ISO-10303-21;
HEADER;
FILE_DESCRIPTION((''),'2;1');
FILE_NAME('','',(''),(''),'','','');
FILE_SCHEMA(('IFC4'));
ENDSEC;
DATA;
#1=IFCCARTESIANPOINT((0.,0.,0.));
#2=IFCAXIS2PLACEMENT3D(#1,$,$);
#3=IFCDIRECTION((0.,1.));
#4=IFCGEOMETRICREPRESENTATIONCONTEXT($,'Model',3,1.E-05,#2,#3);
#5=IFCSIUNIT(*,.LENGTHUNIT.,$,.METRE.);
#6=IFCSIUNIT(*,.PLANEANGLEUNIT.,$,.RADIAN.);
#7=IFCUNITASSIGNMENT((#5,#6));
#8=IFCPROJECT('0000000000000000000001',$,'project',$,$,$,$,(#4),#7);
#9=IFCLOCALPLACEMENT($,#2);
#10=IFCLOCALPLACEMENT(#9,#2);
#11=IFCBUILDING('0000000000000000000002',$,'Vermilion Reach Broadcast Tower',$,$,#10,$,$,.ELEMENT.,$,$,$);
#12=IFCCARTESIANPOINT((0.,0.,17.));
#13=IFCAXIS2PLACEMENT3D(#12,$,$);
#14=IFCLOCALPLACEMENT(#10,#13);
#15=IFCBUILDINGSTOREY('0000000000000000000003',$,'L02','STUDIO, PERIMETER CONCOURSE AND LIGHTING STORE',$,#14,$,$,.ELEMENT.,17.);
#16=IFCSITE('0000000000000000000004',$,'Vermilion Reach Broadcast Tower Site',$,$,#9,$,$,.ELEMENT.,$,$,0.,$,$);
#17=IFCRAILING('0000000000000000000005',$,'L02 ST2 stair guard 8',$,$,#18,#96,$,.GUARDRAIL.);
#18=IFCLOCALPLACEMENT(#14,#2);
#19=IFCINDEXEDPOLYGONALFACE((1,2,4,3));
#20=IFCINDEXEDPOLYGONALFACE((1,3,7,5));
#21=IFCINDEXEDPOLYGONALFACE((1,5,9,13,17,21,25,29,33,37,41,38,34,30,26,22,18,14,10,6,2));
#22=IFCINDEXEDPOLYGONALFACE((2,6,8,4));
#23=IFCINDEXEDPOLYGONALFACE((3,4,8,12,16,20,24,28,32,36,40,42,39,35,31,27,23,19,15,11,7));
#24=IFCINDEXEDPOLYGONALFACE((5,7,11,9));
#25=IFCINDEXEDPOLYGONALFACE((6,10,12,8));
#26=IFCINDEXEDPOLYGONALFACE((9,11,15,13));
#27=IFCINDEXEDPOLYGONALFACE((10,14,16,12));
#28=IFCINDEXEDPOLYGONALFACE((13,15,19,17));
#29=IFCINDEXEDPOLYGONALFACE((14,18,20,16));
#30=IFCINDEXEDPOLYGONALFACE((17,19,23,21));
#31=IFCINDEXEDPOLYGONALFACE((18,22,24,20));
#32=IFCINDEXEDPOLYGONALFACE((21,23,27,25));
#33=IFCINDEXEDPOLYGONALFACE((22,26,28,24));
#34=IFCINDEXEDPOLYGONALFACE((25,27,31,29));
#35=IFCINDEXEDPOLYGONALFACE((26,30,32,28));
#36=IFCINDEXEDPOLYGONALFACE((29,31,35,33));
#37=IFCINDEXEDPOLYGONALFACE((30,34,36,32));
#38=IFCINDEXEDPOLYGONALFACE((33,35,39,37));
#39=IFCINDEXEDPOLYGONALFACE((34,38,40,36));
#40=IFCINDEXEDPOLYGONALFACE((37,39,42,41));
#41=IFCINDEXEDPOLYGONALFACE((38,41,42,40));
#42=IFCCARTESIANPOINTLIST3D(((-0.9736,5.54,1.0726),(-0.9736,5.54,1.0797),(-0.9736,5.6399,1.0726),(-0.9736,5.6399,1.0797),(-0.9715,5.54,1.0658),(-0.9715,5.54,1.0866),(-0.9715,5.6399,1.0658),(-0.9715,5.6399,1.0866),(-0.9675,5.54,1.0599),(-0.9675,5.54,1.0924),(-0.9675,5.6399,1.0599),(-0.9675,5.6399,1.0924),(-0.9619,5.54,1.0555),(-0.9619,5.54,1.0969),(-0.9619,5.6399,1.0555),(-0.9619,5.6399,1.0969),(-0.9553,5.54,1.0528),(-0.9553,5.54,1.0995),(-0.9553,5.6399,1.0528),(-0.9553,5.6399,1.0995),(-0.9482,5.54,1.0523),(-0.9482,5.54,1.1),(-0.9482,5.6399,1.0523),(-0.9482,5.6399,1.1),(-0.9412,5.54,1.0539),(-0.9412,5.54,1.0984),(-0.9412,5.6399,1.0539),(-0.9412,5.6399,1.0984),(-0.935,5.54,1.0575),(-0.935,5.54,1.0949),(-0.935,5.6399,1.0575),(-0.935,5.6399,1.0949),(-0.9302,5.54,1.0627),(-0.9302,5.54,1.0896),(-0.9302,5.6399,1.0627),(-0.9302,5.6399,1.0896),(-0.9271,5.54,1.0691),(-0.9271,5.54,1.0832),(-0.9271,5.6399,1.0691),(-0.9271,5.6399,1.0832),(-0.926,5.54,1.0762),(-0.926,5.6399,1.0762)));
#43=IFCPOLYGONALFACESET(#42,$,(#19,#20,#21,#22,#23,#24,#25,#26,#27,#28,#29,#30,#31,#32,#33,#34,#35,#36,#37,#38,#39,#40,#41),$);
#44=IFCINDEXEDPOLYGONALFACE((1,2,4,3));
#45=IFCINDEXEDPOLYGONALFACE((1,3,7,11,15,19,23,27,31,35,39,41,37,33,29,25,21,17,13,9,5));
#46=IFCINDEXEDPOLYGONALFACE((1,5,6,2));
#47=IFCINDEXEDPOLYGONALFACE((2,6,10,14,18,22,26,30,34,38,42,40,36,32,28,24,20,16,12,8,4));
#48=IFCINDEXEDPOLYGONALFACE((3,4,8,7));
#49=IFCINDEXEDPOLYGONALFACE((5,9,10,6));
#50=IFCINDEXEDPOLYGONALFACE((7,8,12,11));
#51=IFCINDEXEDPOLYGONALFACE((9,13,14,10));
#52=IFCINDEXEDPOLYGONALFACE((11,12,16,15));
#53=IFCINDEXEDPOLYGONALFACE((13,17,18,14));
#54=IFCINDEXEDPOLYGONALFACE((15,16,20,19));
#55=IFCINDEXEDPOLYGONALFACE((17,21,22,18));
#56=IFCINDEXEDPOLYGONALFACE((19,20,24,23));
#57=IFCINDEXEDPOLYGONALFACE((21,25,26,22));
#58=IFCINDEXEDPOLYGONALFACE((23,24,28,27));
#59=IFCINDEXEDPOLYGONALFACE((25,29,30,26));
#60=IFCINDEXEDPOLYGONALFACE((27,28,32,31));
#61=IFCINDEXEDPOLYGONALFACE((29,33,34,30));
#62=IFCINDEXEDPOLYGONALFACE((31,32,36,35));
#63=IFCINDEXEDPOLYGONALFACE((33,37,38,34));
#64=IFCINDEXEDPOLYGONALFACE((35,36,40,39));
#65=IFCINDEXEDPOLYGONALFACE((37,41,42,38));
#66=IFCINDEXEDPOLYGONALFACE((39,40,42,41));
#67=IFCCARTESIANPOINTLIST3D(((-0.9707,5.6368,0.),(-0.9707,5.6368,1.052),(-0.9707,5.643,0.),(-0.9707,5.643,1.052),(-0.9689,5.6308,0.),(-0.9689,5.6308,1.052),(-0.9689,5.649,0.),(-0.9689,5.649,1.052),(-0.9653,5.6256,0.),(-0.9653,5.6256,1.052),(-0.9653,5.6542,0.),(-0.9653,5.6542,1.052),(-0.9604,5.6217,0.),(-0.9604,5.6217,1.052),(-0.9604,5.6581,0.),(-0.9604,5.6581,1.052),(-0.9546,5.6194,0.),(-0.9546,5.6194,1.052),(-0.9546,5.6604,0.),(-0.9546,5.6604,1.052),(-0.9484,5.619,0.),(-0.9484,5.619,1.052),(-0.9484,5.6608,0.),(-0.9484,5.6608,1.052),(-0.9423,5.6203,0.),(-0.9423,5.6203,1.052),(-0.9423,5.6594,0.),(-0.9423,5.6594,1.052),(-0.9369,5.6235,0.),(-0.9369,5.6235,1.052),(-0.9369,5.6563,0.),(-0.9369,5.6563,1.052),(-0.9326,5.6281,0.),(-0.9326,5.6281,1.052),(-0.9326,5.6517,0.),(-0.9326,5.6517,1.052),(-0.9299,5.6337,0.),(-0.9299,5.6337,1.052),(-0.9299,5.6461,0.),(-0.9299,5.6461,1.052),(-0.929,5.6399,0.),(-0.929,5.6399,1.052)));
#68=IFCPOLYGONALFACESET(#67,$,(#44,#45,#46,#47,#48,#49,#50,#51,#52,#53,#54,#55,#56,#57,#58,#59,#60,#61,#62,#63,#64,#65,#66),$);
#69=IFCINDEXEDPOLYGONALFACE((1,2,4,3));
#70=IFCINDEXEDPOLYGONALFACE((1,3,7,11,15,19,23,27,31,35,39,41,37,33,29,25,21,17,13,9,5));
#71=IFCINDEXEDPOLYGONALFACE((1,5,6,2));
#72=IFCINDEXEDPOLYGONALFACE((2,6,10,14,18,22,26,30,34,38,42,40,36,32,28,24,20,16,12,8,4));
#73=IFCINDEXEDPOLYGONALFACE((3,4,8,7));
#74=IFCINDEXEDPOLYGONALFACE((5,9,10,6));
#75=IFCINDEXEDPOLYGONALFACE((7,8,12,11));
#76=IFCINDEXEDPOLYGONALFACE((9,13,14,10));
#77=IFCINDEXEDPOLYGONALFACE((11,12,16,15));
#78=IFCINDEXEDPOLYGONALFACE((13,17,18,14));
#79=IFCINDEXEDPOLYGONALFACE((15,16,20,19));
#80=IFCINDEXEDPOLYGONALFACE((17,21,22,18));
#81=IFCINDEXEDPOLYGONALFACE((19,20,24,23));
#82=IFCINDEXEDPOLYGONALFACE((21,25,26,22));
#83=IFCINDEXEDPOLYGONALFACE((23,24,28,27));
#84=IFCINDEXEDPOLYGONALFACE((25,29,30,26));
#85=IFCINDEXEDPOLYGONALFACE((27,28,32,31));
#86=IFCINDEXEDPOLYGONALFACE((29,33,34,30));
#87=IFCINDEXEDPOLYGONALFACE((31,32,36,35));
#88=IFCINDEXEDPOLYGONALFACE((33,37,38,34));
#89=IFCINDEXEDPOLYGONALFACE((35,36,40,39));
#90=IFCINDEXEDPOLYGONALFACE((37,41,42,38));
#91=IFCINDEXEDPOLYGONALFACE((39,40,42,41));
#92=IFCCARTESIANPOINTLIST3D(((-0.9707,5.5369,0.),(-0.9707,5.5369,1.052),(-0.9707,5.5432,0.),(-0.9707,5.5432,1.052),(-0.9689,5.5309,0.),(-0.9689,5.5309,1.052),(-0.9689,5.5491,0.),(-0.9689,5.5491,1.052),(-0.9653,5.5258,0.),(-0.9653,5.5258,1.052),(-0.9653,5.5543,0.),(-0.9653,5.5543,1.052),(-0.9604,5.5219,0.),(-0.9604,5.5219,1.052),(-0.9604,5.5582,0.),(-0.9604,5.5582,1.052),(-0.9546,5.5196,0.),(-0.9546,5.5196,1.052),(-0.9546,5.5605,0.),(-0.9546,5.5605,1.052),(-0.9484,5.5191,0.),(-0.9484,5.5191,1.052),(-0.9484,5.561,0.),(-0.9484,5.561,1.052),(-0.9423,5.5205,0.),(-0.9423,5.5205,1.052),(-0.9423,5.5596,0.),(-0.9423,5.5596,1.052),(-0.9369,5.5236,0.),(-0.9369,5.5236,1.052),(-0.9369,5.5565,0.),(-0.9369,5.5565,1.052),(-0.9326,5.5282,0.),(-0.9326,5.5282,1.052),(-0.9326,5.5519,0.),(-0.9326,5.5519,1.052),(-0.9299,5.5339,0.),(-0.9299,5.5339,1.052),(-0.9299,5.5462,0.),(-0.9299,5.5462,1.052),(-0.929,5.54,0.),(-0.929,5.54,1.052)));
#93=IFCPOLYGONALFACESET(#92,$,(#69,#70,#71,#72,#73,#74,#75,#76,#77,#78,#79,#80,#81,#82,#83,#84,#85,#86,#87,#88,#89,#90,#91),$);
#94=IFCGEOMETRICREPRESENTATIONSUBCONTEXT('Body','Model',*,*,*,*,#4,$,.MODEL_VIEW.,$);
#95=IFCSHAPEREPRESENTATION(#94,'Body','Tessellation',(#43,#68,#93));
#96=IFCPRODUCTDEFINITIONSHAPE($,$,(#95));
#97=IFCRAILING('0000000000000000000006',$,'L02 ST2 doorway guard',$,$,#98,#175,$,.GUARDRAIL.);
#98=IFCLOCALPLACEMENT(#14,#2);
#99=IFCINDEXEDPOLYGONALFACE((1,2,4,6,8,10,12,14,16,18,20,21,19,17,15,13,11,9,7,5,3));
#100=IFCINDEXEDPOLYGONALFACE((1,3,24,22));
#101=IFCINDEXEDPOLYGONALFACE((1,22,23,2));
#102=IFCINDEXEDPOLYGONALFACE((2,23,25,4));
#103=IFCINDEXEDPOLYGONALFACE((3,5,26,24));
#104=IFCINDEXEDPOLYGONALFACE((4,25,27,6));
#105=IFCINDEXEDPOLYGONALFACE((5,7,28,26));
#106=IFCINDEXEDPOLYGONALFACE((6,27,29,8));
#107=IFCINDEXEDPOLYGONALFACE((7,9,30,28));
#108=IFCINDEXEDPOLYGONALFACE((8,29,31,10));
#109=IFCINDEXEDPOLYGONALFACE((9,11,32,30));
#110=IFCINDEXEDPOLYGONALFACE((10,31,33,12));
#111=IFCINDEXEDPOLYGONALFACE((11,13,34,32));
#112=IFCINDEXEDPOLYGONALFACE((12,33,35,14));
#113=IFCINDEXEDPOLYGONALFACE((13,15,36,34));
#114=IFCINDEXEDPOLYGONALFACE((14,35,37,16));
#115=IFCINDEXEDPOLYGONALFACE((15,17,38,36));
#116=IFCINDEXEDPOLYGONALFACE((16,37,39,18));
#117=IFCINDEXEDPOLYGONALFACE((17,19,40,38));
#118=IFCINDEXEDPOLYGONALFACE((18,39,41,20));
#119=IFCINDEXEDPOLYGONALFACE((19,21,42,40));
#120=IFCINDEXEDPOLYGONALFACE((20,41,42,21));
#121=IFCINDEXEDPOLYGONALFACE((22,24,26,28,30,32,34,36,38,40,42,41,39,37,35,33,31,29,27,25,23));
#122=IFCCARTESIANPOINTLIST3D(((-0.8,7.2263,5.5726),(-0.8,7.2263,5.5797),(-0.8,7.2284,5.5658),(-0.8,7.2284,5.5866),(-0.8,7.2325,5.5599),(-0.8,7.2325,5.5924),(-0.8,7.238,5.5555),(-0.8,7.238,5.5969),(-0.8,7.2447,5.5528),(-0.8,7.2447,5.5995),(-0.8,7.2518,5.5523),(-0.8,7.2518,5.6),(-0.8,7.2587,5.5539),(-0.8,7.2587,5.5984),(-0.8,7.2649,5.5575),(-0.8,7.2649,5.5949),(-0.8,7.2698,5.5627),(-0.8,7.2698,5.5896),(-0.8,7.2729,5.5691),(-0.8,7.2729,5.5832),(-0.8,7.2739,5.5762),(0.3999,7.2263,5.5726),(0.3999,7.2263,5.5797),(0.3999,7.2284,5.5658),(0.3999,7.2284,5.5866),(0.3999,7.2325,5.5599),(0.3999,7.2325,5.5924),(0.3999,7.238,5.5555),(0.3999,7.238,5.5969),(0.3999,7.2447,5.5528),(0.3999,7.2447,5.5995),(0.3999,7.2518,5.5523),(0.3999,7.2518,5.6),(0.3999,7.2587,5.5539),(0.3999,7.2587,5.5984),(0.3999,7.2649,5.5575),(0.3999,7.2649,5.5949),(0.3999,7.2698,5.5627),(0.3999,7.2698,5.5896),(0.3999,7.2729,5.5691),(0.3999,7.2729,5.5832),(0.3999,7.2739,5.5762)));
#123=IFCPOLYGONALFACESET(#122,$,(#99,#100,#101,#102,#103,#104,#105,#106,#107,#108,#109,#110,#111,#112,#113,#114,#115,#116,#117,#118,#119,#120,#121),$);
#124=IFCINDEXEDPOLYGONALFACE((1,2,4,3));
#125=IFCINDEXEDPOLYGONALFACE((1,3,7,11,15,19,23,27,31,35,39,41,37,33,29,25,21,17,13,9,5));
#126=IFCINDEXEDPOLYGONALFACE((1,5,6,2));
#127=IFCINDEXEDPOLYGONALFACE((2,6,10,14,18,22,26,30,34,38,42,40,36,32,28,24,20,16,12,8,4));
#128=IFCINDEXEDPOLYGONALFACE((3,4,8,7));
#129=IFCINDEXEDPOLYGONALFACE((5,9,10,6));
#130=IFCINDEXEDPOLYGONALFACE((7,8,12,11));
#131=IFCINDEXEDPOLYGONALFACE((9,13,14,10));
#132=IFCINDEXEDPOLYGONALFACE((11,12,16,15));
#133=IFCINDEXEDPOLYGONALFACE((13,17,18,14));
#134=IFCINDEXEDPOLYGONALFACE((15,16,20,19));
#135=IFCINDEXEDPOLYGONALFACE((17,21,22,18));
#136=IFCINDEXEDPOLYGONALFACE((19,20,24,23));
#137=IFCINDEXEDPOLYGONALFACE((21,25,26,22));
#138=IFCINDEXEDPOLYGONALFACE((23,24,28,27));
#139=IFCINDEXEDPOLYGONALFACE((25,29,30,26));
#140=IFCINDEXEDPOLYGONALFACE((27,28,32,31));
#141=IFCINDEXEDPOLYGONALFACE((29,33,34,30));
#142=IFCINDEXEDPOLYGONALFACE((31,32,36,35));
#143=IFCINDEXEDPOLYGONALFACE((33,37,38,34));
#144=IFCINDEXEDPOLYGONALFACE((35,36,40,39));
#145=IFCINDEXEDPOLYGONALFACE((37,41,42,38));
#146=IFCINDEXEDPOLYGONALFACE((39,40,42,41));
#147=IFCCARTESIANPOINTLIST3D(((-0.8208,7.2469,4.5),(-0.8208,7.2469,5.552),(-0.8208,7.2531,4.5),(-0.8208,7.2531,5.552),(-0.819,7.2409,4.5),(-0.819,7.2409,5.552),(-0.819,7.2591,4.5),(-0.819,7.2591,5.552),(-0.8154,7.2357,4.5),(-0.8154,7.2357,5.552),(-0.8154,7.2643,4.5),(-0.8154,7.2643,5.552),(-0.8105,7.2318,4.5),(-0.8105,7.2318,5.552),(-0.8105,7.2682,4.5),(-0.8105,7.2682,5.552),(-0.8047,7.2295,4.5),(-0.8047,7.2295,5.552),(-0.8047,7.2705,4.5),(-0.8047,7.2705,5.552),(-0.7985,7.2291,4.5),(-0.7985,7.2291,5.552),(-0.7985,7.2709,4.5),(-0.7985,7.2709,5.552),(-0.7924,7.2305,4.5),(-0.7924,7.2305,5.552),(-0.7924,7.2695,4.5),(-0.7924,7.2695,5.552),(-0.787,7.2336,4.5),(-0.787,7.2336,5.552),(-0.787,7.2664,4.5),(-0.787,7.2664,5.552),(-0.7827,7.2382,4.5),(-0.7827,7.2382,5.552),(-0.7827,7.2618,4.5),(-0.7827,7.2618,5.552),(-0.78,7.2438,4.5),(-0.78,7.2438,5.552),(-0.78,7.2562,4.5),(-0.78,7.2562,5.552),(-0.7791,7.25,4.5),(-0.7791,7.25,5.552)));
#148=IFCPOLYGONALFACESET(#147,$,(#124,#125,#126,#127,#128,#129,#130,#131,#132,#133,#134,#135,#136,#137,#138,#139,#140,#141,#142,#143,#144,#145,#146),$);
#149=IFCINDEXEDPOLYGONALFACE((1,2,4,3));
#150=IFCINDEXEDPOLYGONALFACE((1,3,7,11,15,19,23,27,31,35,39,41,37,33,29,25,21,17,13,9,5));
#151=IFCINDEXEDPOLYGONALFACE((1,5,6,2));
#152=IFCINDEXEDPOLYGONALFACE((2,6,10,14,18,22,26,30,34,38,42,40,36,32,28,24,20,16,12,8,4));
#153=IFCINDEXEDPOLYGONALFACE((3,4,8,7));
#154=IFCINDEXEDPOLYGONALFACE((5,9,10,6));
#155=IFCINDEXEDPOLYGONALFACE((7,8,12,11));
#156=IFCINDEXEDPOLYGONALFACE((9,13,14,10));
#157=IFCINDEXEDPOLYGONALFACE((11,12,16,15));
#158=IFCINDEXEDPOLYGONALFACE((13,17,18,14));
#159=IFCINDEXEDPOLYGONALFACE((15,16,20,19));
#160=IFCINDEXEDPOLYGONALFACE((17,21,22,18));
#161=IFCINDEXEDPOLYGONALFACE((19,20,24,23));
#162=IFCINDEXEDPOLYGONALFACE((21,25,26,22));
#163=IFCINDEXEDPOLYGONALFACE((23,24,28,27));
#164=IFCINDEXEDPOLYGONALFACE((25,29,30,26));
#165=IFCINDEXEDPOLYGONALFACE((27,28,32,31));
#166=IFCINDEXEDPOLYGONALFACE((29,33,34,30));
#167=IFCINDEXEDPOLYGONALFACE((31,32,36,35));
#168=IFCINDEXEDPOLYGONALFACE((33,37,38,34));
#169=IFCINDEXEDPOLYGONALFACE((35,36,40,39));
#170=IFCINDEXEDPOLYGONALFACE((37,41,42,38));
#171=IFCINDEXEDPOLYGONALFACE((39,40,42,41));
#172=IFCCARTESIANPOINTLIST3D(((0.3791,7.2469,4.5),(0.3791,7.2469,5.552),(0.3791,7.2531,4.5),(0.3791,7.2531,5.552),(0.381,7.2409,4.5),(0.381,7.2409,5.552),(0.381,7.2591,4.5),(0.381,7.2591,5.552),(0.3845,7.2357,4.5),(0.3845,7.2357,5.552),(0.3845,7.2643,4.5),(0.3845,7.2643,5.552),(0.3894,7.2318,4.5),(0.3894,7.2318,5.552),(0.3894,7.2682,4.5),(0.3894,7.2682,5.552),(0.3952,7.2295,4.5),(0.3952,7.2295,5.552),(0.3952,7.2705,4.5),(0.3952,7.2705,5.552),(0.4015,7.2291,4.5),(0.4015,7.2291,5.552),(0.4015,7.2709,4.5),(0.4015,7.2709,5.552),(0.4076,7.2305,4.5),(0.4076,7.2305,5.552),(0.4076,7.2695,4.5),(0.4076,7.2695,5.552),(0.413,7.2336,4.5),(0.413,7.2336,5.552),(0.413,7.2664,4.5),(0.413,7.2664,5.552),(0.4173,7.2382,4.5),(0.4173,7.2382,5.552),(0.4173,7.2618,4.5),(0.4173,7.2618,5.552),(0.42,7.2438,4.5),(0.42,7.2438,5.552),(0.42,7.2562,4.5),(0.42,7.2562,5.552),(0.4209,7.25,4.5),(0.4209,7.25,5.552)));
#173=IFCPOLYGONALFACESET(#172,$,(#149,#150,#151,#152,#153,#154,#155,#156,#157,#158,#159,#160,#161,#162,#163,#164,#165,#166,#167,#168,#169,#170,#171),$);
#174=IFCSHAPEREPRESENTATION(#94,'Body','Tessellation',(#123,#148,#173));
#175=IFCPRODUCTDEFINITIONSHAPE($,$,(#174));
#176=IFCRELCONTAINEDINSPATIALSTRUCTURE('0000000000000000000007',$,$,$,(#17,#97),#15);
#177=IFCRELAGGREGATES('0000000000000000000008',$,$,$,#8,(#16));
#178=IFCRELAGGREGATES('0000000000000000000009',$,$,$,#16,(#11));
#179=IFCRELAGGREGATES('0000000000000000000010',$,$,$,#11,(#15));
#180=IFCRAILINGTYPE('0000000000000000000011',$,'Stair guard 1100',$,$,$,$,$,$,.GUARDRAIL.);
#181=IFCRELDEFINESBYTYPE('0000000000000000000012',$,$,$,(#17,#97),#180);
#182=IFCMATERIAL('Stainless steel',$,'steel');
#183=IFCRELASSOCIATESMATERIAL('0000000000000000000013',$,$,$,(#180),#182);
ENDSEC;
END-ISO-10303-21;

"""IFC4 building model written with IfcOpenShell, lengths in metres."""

from ifc_helpers import new_model, si_unit, direction, frame, origin, origin_2d, place, context, subcontext, project, spatial, circle, extrude, material, type_object, element, save


model = new_model("IFC4")

# Units and contexts
model_context = context("Model", 3, precision=1e-05, world=origin(), true_north=direction((0.0, 1.0)))
body_context = subcontext(model_context, "Body", "Model", "MODEL_VIEW")
ifc_project = project(units=[si_unit("LENGTHUNIT", "METRE"), si_unit("PLANEANGLEUNIT", "RADIAN")], contexts=[model_context])

# Site, building, storey
site_placement = place(None, origin())
site = spatial("IfcSite", under=ifc_project, at=site_placement, Name="Vermilion Reach Broadcast Tower Site", CompositionType="ELEMENT", RefElevation=0.0)
building_placement = place(site_placement, origin())
building = spatial("IfcBuilding", under=site, at=building_placement, Name="Vermilion Reach Broadcast Tower", CompositionType="ELEMENT")
storey_placement = place(building_placement, frame((0.0, 0.0, 17.0)))
storey = spatial("IfcBuildingStorey", under=building, at=storey_placement, Name="L02", Description="STUDIO, PERIMETER CONCOURSE AND LIGHTING STORE", CompositionType="ELEMENT", Elevation=17.0)

# Railings
ifc_material_1 = material(Name="Stainless steel", Category="steel")
railing_type_1 = type_object("IfcRailingType", Name="Stair guard 1100", PredefinedType="GUARDRAIL", material=ifc_material_1)
railing_1_placement = place(storey_placement, frame((-0.95, 5.6399, 0.0)))
element("IfcRailing", 1, at=railing_1_placement, inside=storey, type_object=railing_type_1, Name="L02 ST2 stair guard 8", PredefinedType="GUARDRAIL", context=body_context, shape_type="SweptSolid", body=[
    extrude(circle(Radius=0.0239, at=origin_2d()), frame((0.0, 0.0, 1.0762), z_axis=(0.0, -1.0, 0.0), x_axis=(1.0, 0.0, 0.0)), (0.0, 0.0, 1.0), 0.0999),
    extrude(circle(Radius=0.021, at=origin_2d()), origin(), (0.0, 0.0, 1.0), 1.052),
    extrude(circle(Radius=0.021, at=origin_2d()), frame((0.0, -0.0999, 0.0)), (0.0, 0.0, 1.0), 1.052),
])
railing_2_placement = place(storey_placement, frame((-0.8, 7.25, 4.5)))
element("IfcRailing", 2, at=railing_2_placement, inside=storey, type_object=railing_type_1, Name="L02 ST2 doorway guard", PredefinedType="GUARDRAIL", context=body_context, shape_type="SweptSolid", body=[
    extrude(circle(Radius=0.0239, at=origin_2d()), frame((0.0, 0.0, 1.0762), z_axis=(1.0, 0.0, 0.0), x_axis=(0.0, 1.0, 0.0)), (0.0, 0.0, 1.0), 1.2),
    extrude(circle(Radius=0.021, at=origin_2d()), origin(), (0.0, 0.0, 1.0), 1.052),
    extrude(circle(Radius=0.021, at=origin_2d()), frame((1.2, 0.0, 0.0)), (0.0, 0.0, 1.0), 1.052),
])

save(model, "model.ifc")
